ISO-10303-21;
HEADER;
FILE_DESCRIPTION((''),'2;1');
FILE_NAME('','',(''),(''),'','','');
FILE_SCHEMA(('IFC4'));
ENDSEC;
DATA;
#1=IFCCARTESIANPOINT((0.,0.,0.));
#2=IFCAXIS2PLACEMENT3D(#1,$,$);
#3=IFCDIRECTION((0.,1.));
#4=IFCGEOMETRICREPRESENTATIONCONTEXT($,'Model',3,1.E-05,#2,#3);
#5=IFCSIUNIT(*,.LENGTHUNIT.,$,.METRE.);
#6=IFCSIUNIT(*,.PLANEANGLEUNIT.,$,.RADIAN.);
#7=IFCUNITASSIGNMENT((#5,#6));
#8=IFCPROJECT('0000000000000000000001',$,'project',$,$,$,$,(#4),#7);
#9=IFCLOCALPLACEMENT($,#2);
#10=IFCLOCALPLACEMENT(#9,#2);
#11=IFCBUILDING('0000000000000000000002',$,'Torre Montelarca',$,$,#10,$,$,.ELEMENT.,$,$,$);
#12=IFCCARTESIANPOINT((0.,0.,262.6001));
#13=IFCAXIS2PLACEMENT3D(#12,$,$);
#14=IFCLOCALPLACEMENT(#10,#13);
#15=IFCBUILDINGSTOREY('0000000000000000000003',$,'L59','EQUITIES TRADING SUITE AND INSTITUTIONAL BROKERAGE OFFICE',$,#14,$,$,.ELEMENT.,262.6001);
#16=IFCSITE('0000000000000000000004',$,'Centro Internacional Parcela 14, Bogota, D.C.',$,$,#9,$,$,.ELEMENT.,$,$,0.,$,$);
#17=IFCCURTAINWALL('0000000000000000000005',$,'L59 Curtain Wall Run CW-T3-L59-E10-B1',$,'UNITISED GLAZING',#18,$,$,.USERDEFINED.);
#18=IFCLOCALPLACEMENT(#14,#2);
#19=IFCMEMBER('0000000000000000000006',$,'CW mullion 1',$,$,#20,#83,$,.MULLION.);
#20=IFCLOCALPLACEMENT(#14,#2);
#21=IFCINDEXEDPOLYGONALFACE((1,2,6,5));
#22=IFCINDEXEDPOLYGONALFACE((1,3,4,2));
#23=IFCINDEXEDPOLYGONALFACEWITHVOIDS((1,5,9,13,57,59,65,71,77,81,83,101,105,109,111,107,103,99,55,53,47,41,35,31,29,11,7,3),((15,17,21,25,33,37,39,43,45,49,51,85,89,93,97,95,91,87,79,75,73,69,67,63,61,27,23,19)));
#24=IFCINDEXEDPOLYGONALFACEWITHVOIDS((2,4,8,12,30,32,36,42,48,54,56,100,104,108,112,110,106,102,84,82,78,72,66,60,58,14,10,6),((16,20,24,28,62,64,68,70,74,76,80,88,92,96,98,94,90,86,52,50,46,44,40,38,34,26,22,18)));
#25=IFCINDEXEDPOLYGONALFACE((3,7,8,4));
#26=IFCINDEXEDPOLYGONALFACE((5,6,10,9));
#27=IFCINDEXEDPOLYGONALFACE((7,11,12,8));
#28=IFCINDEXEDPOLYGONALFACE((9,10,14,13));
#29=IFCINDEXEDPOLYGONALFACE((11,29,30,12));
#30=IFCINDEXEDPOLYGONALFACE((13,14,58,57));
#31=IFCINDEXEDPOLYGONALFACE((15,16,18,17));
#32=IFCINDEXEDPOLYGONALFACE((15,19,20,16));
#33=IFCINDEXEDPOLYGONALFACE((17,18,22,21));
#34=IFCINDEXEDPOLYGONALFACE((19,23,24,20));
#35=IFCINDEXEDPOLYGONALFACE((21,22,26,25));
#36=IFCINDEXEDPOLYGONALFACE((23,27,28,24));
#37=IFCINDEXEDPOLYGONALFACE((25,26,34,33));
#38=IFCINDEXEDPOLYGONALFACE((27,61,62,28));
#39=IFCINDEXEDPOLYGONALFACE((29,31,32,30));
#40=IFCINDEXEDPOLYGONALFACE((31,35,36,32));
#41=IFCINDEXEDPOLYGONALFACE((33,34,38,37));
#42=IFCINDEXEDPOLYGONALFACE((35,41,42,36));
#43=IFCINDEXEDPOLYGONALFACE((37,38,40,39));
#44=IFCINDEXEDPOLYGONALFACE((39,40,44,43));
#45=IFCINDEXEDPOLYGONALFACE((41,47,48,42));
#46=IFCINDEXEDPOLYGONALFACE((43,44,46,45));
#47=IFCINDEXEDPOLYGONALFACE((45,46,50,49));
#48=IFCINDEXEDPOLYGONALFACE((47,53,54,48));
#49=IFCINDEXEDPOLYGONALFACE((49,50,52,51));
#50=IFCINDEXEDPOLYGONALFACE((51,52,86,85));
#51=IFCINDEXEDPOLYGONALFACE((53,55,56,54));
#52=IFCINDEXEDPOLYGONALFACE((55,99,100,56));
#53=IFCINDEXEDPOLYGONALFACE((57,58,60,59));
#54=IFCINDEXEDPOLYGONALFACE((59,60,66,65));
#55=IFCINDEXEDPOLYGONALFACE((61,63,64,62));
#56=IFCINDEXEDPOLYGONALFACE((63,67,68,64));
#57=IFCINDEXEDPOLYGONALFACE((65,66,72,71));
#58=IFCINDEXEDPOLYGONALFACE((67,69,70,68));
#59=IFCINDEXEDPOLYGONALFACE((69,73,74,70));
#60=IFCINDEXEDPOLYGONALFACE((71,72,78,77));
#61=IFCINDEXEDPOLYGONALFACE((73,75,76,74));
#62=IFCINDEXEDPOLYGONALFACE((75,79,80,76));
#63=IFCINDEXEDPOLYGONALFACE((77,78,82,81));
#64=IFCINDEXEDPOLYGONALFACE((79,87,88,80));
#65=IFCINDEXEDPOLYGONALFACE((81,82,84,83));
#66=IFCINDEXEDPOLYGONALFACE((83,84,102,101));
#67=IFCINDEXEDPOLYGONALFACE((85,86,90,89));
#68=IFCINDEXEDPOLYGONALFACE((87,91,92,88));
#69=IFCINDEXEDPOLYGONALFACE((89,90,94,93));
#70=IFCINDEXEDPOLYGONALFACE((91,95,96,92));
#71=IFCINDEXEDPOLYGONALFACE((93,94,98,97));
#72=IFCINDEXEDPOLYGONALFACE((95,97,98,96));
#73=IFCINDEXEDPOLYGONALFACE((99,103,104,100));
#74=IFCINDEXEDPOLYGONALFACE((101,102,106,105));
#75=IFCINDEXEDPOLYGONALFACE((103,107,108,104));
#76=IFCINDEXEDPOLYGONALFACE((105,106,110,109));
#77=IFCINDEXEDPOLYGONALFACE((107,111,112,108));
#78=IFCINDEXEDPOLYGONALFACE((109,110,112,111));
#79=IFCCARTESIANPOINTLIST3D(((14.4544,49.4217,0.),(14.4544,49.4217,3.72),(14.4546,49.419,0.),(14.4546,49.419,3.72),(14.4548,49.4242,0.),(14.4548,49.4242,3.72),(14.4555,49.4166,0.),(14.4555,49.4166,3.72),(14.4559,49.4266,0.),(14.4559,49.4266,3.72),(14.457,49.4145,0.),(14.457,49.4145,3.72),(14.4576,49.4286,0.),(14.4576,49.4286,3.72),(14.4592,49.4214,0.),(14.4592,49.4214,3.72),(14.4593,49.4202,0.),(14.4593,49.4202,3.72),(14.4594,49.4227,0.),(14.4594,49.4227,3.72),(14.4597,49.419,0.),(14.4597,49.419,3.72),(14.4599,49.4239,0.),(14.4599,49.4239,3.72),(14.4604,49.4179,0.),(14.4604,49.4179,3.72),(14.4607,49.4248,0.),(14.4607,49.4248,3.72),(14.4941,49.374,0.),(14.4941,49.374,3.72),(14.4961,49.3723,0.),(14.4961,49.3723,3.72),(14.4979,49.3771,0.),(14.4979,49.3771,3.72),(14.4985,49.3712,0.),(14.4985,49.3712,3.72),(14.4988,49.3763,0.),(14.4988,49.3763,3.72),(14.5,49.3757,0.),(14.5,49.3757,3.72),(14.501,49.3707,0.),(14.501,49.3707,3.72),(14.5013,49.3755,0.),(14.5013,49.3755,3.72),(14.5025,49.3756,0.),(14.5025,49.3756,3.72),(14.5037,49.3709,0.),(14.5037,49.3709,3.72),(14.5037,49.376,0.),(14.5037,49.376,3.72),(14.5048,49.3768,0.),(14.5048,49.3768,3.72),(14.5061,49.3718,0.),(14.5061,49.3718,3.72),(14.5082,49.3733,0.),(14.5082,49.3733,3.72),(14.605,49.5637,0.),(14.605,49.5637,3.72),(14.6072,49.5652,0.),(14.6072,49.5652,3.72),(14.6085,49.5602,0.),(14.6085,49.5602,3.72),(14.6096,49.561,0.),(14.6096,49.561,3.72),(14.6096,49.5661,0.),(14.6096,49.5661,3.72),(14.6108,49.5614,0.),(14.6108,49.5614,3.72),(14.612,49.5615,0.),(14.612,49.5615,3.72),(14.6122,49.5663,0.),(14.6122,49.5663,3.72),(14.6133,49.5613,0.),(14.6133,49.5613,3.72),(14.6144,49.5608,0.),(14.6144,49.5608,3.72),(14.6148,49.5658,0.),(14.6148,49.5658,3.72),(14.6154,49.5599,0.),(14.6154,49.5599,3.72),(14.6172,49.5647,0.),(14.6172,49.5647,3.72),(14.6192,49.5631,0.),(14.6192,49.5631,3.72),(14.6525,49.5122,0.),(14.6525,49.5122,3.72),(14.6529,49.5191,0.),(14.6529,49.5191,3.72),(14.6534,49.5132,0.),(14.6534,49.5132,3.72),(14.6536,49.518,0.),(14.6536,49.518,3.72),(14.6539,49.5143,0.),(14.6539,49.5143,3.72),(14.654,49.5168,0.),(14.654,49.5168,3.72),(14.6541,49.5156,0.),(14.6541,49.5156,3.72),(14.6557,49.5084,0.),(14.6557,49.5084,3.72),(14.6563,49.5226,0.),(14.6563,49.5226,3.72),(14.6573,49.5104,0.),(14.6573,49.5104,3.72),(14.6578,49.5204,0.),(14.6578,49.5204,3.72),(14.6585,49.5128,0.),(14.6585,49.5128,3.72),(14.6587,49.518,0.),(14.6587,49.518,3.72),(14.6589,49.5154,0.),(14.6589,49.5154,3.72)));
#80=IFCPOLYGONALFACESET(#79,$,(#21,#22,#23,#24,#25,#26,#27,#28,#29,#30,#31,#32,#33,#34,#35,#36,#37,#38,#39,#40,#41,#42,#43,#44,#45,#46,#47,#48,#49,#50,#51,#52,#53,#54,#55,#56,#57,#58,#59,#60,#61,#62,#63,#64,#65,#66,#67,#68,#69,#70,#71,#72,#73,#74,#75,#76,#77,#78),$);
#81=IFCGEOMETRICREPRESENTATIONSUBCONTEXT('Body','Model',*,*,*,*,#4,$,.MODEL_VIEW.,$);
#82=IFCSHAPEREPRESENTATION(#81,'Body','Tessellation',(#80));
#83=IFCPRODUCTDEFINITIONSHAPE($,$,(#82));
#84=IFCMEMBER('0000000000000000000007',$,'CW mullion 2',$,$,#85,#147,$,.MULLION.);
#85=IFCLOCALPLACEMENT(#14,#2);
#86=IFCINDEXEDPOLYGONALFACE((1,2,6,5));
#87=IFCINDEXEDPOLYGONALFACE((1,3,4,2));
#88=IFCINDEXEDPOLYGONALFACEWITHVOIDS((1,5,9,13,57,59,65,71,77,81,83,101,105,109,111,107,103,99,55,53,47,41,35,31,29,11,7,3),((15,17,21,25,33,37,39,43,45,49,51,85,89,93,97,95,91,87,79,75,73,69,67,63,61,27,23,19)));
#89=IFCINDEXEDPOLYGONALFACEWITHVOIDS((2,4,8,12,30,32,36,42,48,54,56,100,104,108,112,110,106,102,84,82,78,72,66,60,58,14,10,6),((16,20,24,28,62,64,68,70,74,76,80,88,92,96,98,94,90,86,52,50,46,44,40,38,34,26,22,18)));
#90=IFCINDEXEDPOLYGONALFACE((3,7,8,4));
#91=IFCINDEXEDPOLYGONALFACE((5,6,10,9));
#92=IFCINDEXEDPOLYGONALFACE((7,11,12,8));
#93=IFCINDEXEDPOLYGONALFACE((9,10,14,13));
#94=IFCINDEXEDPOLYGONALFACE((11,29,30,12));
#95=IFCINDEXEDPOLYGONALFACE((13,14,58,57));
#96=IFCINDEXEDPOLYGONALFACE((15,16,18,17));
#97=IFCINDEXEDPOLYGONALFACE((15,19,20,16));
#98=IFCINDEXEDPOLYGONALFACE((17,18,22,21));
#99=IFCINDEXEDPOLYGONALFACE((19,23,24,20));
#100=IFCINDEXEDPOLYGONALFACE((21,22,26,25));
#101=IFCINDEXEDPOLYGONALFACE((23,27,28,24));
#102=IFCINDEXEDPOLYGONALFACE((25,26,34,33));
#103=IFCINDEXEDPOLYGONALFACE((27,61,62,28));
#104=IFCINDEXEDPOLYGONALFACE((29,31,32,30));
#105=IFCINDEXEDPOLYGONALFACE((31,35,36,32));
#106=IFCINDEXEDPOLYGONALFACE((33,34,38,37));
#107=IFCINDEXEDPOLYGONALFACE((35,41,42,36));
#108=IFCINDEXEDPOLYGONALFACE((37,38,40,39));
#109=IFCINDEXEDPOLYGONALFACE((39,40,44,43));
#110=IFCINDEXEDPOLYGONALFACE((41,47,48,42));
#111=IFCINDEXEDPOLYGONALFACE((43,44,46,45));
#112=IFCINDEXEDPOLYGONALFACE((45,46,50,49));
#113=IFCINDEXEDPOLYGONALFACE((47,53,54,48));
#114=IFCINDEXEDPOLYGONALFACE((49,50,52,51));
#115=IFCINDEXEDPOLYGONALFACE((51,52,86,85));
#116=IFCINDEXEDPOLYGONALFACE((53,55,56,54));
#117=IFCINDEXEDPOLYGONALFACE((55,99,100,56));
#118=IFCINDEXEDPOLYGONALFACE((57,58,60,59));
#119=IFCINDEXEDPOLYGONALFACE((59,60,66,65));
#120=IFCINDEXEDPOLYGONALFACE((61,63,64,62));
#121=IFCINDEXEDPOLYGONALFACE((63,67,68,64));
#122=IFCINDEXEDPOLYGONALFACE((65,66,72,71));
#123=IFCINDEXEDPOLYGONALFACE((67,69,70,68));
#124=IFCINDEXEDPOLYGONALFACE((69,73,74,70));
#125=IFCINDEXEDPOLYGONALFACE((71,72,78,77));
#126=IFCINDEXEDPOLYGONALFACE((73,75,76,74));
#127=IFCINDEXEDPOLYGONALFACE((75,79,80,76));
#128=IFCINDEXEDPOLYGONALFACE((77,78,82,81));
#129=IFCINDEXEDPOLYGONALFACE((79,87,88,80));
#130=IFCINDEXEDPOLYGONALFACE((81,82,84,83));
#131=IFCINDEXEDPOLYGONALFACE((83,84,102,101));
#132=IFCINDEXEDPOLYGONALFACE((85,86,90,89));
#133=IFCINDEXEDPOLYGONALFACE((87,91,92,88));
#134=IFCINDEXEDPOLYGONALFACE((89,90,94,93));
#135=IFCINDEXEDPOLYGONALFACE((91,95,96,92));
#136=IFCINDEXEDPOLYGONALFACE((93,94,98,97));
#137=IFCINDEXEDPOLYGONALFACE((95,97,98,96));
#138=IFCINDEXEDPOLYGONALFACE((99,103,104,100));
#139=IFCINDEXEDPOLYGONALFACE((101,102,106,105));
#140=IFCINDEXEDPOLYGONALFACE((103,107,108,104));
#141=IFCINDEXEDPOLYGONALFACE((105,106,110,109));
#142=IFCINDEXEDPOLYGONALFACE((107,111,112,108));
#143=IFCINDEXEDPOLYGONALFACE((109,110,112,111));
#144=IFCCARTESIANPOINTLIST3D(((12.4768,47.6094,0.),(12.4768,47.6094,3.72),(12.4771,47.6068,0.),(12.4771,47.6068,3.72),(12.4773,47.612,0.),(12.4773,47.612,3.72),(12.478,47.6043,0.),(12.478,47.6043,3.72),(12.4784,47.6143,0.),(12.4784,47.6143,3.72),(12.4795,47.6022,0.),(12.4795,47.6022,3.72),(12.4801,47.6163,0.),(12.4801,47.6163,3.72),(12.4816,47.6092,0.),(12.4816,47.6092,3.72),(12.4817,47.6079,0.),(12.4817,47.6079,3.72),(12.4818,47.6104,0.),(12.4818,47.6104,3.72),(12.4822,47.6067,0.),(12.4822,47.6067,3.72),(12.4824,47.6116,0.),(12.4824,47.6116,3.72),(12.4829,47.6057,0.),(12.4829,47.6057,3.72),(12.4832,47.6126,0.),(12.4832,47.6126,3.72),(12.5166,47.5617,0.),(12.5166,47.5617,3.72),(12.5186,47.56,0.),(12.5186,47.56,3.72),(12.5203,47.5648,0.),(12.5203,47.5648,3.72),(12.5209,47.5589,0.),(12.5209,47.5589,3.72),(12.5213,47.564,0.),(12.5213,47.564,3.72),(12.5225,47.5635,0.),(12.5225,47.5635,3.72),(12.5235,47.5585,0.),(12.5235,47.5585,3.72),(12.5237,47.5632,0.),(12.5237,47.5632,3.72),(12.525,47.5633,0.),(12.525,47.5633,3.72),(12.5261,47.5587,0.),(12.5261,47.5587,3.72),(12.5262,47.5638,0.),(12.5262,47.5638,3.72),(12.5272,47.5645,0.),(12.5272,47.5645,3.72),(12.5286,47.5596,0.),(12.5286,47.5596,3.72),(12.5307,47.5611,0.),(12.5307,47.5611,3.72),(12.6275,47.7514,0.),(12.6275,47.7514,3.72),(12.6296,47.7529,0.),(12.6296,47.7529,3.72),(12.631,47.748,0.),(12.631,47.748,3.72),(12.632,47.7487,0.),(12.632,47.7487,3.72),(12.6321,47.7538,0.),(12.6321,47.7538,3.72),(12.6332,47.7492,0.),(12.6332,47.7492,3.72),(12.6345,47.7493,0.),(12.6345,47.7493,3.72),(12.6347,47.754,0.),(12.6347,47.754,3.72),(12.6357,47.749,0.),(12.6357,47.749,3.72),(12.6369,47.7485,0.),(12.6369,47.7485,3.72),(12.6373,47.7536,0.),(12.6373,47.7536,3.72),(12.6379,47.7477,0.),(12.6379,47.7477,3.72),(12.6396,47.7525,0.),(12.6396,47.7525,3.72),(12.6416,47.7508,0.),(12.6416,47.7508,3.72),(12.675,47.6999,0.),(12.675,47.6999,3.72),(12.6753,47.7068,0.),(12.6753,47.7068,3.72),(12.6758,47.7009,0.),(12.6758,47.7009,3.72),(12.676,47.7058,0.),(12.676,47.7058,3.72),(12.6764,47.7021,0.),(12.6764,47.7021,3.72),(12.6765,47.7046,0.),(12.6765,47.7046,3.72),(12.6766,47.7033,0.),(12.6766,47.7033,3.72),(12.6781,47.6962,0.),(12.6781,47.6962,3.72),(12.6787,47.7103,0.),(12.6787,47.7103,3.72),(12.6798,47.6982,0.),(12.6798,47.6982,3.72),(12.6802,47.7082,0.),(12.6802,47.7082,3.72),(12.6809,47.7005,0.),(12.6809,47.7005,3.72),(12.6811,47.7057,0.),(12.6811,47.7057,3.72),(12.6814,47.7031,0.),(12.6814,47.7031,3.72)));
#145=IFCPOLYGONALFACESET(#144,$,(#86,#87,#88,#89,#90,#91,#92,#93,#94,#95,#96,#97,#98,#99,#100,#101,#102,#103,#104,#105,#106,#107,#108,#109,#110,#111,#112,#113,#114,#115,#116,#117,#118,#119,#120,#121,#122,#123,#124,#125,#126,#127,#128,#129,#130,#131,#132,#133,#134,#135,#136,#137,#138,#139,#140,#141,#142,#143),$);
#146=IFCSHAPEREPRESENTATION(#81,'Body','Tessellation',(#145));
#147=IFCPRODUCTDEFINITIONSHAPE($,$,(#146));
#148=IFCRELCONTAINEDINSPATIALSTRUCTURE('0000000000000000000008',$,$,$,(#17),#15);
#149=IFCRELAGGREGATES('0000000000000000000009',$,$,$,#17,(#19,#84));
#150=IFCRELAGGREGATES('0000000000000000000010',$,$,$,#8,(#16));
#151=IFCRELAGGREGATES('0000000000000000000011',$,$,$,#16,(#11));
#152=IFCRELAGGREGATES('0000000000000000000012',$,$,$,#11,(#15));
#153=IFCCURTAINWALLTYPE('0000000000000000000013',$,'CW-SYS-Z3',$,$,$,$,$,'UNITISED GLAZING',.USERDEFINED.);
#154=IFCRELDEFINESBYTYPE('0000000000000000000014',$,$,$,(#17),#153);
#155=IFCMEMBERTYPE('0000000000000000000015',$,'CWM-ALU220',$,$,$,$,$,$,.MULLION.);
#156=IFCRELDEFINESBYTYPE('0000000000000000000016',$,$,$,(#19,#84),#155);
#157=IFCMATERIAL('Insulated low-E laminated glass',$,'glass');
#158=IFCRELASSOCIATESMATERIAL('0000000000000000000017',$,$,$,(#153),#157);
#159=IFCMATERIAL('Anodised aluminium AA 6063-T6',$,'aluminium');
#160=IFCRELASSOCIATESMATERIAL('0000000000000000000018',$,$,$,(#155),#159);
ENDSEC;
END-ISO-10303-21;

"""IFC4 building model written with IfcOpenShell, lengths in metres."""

from ifc_helpers import new_model, si_unit, direction, frame, origin, origin_2d, place, context, subcontext, project, spatial, hollow_rectangle, extrude, source, transform, mapped, material, material_profile, profile_set, type_object, element, aggregate, save


model = new_model("IFC4")

# Units and contexts
model_context = context("Model", 3, precision=1e-05, world=origin(), true_north=direction((0.0, 1.0)))
body_context = subcontext(model_context, "Body", "Model", "MODEL_VIEW")
ifc_project = project(units=[si_unit("LENGTHUNIT", "METRE"), si_unit("PLANEANGLEUNIT", "RADIAN")], contexts=[model_context])

# Site, building, storey
site_placement = place(None, origin())
site = spatial("IfcSite", under=ifc_project, at=site_placement, Name="Centro Internacional Parcela 14, Bogota, D.C.", CompositionType="ELEMENT", RefElevation=0.0)
building_placement = place(site_placement, origin())
building = spatial("IfcBuilding", under=site, at=building_placement, Name="Torre Montelarca", CompositionType="ELEMENT")
storey_placement = place(building_placement, frame((0.0, 0.0, 262.6001)))
storey = spatial("IfcBuildingStorey", under=building, at=storey_placement, Name="L59", Description="EQUITIES TRADING SUITE AND INSTITUTIONAL BROKERAGE OFFICE", CompositionType="ELEMENT", Elevation=262.6001)

# Curtain wall, members
ifc_material_1 = material(Name="Insulated low-E laminated glass", Category="glass")
curtain_wall_type = type_object("IfcCurtainWallType", Name="CW-SYS-Z3", ElementType="UNITISED GLAZING", PredefinedType="USERDEFINED", material=ifc_material_1)
curtain_wall_1_placement = place(storey_placement, origin())
curtain_wall_1 = element("IfcCurtainWall", 1, at=curtain_wall_1_placement, inside=storey, type_object=curtain_wall_type, Name="L59 Curtain Wall Run CW-T3-L59-E10-B1", ObjectType="UNITISED GLAZING", PredefinedType="USERDEFINED")
ifc_material_2 = material(Name="Anodised aluminium AA 6063-T6", Category="aluminium")
ifc_material_profile_1 = material_profile(ifc_material_2, hollow_rectangle(XDim=0.075, YDim=0.22, WallThickness=0.0049, InnerFilletRadius=0.0049, OuterFilletRadius=0.01, at=origin_2d()), Name="ALU75X220X5", Category="aluminium")
ifc_profile_set_1 = profile_set([ifc_material_profile_1], Name="Anodised aluminium AA 6063-T6")
member_type_1 = type_object("IfcMemberType", Name="CWM-ALU220", PredefinedType="MULLION", material=ifc_profile_set_1)
shared_shape_1 = source(origin(), body_context, "Body", "SweptSolid", [
    extrude(hollow_rectangle(XDim=0.075, YDim=0.22, WallThickness=0.0049, InnerFilletRadius=0.0049, OuterFilletRadius=0.01, at=origin_2d()), origin(), (0.0, 0.0, 1.0), 3.72),
])
member_1_placement = place(storey_placement, frame((14.5566, 49.4685, 0.0), z_axis=(0.0, 0.0, 1.0), x_axis=(0.675588, -0.737279, 0.0)))
member_1 = element("IfcMember", 2, at=member_1_placement, type_object=member_type_1, Name="CW mullion 1", PredefinedType="MULLION", context=body_context, shape_type="MappedRepresentation", body=[
    mapped(shared_shape_1, transform((0.0, 0.0, 0.0), scale=1.0)),
])
member_2_placement = place(storey_placement, frame((12.5791, 47.6562, 0.0), z_axis=(0.0, 0.0, 1.0), x_axis=(0.675588, -0.737279, 0.0)))
member_2 = element("IfcMember", 3, at=member_2_placement, type_object=member_type_1, Name="CW mullion 2", PredefinedType="MULLION", context=body_context, shape_type="MappedRepresentation", body=[
    mapped(shared_shape_1, transform((0.0, 0.0, 0.0), scale=1.0)),
])

aggregate(curtain_wall_1, [member_1, member_2])

save(model, "model.ifc")
